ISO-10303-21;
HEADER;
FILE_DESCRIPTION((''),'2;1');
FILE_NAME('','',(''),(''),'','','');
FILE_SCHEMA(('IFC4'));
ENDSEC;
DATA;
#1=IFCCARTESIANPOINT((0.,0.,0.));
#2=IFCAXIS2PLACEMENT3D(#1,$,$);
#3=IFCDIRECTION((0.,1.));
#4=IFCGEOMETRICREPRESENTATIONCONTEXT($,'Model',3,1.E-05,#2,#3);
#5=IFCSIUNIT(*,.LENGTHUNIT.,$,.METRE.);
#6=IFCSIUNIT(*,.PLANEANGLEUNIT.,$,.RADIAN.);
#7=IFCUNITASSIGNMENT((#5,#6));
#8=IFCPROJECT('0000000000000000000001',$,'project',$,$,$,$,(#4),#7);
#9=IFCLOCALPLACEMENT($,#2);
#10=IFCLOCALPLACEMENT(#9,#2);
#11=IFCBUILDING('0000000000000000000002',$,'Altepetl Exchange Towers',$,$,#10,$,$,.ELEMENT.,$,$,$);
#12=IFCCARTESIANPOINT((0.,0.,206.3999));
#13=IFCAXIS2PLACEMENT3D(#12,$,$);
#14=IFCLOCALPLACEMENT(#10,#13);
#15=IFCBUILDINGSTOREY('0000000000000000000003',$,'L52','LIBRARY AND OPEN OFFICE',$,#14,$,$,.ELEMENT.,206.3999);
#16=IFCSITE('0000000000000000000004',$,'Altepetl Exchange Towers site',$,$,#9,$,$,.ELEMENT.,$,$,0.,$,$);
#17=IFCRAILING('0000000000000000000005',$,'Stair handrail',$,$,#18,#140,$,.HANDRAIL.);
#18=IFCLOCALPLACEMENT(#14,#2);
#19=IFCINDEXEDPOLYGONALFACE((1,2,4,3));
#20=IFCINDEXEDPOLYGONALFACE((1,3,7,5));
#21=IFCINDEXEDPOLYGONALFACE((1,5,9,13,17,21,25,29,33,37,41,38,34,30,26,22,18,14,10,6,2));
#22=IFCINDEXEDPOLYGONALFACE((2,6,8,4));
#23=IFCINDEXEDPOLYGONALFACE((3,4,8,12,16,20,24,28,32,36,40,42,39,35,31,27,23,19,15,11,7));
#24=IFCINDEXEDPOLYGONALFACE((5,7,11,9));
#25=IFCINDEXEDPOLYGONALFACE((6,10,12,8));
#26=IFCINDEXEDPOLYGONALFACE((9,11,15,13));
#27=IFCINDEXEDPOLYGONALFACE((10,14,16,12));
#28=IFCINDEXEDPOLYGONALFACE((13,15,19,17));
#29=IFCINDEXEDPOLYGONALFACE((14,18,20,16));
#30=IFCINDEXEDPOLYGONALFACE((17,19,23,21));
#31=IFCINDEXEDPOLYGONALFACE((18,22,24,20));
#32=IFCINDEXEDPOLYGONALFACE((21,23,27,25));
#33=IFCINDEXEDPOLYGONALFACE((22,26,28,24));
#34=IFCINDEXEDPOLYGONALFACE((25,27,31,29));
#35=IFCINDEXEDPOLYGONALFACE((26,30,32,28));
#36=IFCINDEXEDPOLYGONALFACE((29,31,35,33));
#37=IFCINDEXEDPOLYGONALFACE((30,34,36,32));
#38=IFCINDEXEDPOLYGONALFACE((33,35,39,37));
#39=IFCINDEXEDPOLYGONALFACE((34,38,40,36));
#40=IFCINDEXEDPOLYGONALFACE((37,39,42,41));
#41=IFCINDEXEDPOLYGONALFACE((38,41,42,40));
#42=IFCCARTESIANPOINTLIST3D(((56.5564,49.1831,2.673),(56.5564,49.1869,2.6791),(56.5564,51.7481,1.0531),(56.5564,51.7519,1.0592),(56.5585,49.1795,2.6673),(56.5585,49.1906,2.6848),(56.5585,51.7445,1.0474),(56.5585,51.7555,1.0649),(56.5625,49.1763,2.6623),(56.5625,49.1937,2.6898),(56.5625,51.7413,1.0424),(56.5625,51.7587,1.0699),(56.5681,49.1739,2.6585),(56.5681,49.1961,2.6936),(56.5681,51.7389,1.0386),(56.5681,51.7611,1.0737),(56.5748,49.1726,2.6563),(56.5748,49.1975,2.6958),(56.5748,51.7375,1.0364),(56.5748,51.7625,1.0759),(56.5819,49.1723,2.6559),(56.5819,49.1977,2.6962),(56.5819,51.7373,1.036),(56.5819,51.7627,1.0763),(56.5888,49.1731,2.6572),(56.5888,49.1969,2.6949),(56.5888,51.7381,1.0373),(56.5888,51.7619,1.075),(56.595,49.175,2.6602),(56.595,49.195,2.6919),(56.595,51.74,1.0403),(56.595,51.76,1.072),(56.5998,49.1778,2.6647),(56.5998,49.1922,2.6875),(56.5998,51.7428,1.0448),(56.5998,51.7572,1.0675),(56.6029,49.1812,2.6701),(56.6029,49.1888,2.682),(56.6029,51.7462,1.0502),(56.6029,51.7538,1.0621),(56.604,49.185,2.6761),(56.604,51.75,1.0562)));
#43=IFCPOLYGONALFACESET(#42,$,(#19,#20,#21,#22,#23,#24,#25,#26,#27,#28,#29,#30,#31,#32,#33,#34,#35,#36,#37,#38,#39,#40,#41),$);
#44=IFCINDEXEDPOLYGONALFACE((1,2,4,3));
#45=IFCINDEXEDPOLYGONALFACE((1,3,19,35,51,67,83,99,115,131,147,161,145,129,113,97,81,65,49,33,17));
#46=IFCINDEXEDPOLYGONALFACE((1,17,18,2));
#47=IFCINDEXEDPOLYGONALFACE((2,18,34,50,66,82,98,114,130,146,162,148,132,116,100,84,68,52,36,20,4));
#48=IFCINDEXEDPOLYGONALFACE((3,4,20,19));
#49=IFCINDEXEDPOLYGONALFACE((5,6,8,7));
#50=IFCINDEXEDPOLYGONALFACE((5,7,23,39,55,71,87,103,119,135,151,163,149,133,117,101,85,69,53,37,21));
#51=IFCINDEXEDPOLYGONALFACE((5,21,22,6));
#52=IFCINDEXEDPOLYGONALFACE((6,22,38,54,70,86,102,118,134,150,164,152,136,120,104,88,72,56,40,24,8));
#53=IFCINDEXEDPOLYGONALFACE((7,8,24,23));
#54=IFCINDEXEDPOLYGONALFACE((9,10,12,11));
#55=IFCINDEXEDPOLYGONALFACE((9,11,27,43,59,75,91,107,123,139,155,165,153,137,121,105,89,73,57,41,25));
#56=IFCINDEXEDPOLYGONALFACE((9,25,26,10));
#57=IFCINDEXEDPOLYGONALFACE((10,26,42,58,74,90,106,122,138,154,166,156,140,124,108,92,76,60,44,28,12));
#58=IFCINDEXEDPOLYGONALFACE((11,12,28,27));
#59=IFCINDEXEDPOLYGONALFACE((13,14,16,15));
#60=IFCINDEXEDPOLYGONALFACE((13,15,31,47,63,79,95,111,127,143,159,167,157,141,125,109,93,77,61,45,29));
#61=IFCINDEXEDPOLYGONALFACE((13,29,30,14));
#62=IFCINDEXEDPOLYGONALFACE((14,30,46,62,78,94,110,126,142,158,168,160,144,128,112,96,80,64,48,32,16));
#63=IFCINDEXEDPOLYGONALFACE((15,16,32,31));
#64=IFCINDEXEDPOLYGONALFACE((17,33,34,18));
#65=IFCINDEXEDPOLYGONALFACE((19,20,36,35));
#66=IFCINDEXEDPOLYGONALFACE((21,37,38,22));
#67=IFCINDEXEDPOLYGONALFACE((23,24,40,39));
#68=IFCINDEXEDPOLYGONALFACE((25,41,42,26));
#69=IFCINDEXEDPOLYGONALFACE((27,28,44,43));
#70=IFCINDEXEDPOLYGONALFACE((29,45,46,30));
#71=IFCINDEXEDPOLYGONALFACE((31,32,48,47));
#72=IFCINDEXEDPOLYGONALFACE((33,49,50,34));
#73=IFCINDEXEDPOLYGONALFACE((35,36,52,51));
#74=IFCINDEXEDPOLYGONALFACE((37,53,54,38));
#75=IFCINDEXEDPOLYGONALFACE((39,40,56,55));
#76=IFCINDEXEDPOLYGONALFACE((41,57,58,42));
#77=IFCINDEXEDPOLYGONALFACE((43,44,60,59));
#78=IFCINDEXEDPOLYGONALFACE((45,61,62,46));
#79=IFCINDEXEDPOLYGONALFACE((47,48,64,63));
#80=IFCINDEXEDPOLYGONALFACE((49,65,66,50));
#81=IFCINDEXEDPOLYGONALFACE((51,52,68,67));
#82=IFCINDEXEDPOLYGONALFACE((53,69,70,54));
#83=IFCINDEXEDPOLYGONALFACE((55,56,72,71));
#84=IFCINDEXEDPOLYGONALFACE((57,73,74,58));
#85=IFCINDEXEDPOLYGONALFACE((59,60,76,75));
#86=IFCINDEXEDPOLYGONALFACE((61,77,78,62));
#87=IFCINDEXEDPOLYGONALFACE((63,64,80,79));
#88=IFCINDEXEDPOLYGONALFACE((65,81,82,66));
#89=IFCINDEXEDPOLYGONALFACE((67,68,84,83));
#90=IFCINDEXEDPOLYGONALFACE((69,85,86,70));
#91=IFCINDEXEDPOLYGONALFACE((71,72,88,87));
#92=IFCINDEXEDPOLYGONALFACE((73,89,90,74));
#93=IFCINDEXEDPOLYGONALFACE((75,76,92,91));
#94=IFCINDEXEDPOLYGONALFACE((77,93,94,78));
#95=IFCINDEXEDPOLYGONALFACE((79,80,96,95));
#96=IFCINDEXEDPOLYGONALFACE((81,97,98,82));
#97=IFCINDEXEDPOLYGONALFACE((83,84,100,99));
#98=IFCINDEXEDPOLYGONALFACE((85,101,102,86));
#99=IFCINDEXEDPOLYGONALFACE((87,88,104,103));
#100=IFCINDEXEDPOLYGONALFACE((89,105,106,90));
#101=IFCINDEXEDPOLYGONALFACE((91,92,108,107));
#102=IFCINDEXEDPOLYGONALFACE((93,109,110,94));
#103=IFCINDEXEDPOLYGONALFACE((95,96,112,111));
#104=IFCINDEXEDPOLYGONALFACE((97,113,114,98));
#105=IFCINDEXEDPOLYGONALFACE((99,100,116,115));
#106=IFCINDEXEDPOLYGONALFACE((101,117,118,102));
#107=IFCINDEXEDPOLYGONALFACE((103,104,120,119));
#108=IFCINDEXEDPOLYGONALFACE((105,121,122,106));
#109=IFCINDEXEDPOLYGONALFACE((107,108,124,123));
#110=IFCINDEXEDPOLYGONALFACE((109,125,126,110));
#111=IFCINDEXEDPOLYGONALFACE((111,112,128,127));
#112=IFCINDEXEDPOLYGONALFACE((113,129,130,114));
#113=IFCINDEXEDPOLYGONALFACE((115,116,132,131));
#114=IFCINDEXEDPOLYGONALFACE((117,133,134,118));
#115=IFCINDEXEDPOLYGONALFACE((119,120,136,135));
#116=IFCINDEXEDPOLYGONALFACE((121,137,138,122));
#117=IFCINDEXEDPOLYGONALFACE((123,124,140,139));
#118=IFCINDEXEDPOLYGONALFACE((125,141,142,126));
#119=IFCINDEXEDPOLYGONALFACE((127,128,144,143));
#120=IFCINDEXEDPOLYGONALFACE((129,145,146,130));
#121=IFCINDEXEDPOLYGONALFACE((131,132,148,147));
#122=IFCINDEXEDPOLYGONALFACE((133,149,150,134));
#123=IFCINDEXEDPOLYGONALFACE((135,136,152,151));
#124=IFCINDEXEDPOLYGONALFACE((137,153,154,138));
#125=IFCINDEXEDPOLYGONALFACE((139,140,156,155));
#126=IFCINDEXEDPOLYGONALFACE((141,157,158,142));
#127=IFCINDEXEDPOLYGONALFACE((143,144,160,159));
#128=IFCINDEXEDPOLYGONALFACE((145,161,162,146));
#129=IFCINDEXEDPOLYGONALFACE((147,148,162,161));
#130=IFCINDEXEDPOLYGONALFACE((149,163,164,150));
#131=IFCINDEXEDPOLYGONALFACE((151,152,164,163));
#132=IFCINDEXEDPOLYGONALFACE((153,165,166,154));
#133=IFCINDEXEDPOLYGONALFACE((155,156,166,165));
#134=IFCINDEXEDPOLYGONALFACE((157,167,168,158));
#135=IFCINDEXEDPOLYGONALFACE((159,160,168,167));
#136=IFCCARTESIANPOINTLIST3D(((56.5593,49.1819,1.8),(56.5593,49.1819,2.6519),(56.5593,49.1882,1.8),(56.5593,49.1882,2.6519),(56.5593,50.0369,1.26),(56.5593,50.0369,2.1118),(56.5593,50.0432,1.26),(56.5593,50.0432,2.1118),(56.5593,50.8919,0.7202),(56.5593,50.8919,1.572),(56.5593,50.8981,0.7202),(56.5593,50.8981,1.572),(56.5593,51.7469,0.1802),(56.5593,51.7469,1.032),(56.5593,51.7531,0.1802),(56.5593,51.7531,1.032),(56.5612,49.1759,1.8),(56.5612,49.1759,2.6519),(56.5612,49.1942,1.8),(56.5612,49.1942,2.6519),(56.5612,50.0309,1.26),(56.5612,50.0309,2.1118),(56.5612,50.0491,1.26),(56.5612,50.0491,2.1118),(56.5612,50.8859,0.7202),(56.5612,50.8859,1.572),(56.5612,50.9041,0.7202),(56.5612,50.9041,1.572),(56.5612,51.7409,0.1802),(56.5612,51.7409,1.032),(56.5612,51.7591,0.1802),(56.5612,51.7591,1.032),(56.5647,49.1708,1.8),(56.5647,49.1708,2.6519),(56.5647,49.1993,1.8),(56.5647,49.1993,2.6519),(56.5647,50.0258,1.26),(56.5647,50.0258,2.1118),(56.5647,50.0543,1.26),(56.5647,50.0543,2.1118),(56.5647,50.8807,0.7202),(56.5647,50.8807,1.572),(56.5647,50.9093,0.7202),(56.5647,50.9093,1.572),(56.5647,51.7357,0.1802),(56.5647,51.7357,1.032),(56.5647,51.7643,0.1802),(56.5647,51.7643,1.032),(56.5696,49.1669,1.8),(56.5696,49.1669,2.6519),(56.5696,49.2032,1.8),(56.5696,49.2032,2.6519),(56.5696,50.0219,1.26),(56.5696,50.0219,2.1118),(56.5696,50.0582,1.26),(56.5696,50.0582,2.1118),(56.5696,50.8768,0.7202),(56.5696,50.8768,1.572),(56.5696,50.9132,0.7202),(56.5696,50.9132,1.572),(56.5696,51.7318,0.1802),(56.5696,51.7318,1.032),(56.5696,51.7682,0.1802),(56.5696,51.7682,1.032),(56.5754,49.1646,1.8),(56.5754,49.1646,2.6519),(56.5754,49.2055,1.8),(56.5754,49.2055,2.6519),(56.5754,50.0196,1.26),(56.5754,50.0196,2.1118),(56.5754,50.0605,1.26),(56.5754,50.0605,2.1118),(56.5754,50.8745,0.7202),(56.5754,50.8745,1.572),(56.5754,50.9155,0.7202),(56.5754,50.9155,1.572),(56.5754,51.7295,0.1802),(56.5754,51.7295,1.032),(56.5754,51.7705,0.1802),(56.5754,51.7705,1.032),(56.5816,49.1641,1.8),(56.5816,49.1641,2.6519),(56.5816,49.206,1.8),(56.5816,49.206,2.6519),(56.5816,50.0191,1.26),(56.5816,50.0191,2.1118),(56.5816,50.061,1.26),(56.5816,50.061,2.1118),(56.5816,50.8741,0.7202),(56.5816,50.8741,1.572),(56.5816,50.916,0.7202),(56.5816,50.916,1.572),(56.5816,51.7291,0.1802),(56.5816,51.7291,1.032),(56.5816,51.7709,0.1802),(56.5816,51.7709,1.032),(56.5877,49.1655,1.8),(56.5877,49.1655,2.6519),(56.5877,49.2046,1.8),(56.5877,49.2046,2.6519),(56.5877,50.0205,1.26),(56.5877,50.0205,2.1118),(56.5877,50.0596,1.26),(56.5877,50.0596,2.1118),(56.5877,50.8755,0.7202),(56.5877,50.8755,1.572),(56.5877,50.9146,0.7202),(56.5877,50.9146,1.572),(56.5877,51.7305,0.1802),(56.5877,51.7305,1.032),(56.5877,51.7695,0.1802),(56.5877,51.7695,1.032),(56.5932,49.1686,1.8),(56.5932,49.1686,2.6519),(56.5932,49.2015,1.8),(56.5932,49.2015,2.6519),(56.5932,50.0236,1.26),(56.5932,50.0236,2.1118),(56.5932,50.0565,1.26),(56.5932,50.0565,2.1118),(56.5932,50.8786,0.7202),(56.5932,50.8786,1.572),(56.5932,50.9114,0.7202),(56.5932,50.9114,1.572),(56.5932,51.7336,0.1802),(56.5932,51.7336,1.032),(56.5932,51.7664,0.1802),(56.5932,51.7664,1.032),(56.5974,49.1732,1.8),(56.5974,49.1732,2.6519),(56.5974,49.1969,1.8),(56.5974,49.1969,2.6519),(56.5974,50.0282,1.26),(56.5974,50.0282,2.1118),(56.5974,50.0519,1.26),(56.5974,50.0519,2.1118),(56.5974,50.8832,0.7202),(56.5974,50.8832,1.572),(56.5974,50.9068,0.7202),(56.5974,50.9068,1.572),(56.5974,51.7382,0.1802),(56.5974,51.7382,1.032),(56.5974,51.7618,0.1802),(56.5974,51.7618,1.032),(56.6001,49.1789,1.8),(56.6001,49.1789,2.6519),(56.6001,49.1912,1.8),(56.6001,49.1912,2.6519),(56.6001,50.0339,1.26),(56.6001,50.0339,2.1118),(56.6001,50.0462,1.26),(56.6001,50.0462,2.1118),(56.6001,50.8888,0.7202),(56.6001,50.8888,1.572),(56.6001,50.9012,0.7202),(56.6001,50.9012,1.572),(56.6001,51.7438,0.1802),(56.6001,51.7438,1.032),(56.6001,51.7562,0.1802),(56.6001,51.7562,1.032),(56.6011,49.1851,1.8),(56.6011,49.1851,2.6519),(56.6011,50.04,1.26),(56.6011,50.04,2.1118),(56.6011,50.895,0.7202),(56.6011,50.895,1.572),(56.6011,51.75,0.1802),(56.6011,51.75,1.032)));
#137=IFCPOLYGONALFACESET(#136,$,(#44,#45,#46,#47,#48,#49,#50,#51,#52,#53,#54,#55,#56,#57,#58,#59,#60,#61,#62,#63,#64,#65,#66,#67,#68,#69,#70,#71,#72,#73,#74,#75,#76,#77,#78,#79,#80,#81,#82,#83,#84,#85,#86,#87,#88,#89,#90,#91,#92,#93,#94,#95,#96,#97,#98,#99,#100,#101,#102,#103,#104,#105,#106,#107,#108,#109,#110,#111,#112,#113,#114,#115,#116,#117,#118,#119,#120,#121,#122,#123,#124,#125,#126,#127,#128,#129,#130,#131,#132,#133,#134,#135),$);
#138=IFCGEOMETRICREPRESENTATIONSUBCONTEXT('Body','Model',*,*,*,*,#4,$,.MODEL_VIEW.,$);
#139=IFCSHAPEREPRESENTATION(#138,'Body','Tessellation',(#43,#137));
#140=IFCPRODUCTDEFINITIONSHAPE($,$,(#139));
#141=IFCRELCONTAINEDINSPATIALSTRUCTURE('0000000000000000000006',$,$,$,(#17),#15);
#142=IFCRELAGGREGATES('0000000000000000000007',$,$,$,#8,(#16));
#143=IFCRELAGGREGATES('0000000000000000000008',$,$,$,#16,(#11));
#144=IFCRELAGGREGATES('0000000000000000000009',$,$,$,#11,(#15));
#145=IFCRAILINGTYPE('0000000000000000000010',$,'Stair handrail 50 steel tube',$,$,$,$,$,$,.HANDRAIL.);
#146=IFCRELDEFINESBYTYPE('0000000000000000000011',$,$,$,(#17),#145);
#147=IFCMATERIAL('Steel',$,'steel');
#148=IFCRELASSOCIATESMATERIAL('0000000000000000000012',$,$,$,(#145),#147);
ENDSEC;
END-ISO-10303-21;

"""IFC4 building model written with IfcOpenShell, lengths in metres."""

from ifc_helpers import new_model, si_unit, direction, frame, origin, origin_2d, place, context, subcontext, project, spatial, circle, extrude, source, transform, mapped, material, type_object, element, save


model = new_model("IFC4")

# Units and contexts
model_context = context("Model", 3, precision=1e-05, world=origin(), true_north=direction((0.0, 1.0)))
body_context = subcontext(model_context, "Body", "Model", "MODEL_VIEW")
ifc_project = project(units=[si_unit("LENGTHUNIT", "METRE"), si_unit("PLANEANGLEUNIT", "RADIAN")], contexts=[model_context])

# Site, building, storey
site_placement = place(None, origin())
site = spatial("IfcSite", under=ifc_project, at=site_placement, Name="Altepetl Exchange Towers site", CompositionType="ELEMENT", RefElevation=0.0)
building_placement = place(site_placement, origin())
building = spatial("IfcBuilding", under=site, at=building_placement, Name="Altepetl Exchange Towers", CompositionType="ELEMENT")
storey_placement = place(building_placement, frame((0.0, 0.0, 206.3999)))
storey = spatial("IfcBuildingStorey", under=building, at=storey_placement, Name="L52", Description="LIBRARY AND OPEN OFFICE", CompositionType="ELEMENT", Elevation=206.3999)

# Railing
ifc_material_1 = material(Name="Steel", Category="steel")
railing_type = type_object("IfcRailingType", Name="Stair handrail 50 steel tube", PredefinedType="HANDRAIL", material=ifc_material_1)
shared_shape = source(origin(), body_context, "Body", "SweptSolid", [
    extrude(circle(Radius=0.021, at=origin_2d()), origin(), (0.0, 0.0, 1.0), 0.8518),
])
railing_1_placement = place(storey_placement, frame((56.5801, 51.75, 0.1802)))
element("IfcRailing", 1, at=railing_1_placement, inside=storey, type_object=railing_type, Name="Stair handrail", PredefinedType="HANDRAIL", context=body_context, shape_type="SweptSolid", body=[
    extrude(circle(Radius=0.0239, at=origin_2d()), frame((0.0, 0.0, 0.876), z_axis=(0.0, -0.845502, 0.533972), x_axis=(1.0, 0.0, 0.0)), (0.0, 0.0, 1.0), 3.0337),
    mapped(shared_shape, transform((0.0, 0.0, 0.0))),
    mapped(shared_shape, transform((0.0, -0.855, 0.54))),
    mapped(shared_shape, transform((0.0, -1.71, 1.0798))),
    mapped(shared_shape, transform((0.0, -2.5649, 1.6199))),
])

save(model, "model.ifc")
